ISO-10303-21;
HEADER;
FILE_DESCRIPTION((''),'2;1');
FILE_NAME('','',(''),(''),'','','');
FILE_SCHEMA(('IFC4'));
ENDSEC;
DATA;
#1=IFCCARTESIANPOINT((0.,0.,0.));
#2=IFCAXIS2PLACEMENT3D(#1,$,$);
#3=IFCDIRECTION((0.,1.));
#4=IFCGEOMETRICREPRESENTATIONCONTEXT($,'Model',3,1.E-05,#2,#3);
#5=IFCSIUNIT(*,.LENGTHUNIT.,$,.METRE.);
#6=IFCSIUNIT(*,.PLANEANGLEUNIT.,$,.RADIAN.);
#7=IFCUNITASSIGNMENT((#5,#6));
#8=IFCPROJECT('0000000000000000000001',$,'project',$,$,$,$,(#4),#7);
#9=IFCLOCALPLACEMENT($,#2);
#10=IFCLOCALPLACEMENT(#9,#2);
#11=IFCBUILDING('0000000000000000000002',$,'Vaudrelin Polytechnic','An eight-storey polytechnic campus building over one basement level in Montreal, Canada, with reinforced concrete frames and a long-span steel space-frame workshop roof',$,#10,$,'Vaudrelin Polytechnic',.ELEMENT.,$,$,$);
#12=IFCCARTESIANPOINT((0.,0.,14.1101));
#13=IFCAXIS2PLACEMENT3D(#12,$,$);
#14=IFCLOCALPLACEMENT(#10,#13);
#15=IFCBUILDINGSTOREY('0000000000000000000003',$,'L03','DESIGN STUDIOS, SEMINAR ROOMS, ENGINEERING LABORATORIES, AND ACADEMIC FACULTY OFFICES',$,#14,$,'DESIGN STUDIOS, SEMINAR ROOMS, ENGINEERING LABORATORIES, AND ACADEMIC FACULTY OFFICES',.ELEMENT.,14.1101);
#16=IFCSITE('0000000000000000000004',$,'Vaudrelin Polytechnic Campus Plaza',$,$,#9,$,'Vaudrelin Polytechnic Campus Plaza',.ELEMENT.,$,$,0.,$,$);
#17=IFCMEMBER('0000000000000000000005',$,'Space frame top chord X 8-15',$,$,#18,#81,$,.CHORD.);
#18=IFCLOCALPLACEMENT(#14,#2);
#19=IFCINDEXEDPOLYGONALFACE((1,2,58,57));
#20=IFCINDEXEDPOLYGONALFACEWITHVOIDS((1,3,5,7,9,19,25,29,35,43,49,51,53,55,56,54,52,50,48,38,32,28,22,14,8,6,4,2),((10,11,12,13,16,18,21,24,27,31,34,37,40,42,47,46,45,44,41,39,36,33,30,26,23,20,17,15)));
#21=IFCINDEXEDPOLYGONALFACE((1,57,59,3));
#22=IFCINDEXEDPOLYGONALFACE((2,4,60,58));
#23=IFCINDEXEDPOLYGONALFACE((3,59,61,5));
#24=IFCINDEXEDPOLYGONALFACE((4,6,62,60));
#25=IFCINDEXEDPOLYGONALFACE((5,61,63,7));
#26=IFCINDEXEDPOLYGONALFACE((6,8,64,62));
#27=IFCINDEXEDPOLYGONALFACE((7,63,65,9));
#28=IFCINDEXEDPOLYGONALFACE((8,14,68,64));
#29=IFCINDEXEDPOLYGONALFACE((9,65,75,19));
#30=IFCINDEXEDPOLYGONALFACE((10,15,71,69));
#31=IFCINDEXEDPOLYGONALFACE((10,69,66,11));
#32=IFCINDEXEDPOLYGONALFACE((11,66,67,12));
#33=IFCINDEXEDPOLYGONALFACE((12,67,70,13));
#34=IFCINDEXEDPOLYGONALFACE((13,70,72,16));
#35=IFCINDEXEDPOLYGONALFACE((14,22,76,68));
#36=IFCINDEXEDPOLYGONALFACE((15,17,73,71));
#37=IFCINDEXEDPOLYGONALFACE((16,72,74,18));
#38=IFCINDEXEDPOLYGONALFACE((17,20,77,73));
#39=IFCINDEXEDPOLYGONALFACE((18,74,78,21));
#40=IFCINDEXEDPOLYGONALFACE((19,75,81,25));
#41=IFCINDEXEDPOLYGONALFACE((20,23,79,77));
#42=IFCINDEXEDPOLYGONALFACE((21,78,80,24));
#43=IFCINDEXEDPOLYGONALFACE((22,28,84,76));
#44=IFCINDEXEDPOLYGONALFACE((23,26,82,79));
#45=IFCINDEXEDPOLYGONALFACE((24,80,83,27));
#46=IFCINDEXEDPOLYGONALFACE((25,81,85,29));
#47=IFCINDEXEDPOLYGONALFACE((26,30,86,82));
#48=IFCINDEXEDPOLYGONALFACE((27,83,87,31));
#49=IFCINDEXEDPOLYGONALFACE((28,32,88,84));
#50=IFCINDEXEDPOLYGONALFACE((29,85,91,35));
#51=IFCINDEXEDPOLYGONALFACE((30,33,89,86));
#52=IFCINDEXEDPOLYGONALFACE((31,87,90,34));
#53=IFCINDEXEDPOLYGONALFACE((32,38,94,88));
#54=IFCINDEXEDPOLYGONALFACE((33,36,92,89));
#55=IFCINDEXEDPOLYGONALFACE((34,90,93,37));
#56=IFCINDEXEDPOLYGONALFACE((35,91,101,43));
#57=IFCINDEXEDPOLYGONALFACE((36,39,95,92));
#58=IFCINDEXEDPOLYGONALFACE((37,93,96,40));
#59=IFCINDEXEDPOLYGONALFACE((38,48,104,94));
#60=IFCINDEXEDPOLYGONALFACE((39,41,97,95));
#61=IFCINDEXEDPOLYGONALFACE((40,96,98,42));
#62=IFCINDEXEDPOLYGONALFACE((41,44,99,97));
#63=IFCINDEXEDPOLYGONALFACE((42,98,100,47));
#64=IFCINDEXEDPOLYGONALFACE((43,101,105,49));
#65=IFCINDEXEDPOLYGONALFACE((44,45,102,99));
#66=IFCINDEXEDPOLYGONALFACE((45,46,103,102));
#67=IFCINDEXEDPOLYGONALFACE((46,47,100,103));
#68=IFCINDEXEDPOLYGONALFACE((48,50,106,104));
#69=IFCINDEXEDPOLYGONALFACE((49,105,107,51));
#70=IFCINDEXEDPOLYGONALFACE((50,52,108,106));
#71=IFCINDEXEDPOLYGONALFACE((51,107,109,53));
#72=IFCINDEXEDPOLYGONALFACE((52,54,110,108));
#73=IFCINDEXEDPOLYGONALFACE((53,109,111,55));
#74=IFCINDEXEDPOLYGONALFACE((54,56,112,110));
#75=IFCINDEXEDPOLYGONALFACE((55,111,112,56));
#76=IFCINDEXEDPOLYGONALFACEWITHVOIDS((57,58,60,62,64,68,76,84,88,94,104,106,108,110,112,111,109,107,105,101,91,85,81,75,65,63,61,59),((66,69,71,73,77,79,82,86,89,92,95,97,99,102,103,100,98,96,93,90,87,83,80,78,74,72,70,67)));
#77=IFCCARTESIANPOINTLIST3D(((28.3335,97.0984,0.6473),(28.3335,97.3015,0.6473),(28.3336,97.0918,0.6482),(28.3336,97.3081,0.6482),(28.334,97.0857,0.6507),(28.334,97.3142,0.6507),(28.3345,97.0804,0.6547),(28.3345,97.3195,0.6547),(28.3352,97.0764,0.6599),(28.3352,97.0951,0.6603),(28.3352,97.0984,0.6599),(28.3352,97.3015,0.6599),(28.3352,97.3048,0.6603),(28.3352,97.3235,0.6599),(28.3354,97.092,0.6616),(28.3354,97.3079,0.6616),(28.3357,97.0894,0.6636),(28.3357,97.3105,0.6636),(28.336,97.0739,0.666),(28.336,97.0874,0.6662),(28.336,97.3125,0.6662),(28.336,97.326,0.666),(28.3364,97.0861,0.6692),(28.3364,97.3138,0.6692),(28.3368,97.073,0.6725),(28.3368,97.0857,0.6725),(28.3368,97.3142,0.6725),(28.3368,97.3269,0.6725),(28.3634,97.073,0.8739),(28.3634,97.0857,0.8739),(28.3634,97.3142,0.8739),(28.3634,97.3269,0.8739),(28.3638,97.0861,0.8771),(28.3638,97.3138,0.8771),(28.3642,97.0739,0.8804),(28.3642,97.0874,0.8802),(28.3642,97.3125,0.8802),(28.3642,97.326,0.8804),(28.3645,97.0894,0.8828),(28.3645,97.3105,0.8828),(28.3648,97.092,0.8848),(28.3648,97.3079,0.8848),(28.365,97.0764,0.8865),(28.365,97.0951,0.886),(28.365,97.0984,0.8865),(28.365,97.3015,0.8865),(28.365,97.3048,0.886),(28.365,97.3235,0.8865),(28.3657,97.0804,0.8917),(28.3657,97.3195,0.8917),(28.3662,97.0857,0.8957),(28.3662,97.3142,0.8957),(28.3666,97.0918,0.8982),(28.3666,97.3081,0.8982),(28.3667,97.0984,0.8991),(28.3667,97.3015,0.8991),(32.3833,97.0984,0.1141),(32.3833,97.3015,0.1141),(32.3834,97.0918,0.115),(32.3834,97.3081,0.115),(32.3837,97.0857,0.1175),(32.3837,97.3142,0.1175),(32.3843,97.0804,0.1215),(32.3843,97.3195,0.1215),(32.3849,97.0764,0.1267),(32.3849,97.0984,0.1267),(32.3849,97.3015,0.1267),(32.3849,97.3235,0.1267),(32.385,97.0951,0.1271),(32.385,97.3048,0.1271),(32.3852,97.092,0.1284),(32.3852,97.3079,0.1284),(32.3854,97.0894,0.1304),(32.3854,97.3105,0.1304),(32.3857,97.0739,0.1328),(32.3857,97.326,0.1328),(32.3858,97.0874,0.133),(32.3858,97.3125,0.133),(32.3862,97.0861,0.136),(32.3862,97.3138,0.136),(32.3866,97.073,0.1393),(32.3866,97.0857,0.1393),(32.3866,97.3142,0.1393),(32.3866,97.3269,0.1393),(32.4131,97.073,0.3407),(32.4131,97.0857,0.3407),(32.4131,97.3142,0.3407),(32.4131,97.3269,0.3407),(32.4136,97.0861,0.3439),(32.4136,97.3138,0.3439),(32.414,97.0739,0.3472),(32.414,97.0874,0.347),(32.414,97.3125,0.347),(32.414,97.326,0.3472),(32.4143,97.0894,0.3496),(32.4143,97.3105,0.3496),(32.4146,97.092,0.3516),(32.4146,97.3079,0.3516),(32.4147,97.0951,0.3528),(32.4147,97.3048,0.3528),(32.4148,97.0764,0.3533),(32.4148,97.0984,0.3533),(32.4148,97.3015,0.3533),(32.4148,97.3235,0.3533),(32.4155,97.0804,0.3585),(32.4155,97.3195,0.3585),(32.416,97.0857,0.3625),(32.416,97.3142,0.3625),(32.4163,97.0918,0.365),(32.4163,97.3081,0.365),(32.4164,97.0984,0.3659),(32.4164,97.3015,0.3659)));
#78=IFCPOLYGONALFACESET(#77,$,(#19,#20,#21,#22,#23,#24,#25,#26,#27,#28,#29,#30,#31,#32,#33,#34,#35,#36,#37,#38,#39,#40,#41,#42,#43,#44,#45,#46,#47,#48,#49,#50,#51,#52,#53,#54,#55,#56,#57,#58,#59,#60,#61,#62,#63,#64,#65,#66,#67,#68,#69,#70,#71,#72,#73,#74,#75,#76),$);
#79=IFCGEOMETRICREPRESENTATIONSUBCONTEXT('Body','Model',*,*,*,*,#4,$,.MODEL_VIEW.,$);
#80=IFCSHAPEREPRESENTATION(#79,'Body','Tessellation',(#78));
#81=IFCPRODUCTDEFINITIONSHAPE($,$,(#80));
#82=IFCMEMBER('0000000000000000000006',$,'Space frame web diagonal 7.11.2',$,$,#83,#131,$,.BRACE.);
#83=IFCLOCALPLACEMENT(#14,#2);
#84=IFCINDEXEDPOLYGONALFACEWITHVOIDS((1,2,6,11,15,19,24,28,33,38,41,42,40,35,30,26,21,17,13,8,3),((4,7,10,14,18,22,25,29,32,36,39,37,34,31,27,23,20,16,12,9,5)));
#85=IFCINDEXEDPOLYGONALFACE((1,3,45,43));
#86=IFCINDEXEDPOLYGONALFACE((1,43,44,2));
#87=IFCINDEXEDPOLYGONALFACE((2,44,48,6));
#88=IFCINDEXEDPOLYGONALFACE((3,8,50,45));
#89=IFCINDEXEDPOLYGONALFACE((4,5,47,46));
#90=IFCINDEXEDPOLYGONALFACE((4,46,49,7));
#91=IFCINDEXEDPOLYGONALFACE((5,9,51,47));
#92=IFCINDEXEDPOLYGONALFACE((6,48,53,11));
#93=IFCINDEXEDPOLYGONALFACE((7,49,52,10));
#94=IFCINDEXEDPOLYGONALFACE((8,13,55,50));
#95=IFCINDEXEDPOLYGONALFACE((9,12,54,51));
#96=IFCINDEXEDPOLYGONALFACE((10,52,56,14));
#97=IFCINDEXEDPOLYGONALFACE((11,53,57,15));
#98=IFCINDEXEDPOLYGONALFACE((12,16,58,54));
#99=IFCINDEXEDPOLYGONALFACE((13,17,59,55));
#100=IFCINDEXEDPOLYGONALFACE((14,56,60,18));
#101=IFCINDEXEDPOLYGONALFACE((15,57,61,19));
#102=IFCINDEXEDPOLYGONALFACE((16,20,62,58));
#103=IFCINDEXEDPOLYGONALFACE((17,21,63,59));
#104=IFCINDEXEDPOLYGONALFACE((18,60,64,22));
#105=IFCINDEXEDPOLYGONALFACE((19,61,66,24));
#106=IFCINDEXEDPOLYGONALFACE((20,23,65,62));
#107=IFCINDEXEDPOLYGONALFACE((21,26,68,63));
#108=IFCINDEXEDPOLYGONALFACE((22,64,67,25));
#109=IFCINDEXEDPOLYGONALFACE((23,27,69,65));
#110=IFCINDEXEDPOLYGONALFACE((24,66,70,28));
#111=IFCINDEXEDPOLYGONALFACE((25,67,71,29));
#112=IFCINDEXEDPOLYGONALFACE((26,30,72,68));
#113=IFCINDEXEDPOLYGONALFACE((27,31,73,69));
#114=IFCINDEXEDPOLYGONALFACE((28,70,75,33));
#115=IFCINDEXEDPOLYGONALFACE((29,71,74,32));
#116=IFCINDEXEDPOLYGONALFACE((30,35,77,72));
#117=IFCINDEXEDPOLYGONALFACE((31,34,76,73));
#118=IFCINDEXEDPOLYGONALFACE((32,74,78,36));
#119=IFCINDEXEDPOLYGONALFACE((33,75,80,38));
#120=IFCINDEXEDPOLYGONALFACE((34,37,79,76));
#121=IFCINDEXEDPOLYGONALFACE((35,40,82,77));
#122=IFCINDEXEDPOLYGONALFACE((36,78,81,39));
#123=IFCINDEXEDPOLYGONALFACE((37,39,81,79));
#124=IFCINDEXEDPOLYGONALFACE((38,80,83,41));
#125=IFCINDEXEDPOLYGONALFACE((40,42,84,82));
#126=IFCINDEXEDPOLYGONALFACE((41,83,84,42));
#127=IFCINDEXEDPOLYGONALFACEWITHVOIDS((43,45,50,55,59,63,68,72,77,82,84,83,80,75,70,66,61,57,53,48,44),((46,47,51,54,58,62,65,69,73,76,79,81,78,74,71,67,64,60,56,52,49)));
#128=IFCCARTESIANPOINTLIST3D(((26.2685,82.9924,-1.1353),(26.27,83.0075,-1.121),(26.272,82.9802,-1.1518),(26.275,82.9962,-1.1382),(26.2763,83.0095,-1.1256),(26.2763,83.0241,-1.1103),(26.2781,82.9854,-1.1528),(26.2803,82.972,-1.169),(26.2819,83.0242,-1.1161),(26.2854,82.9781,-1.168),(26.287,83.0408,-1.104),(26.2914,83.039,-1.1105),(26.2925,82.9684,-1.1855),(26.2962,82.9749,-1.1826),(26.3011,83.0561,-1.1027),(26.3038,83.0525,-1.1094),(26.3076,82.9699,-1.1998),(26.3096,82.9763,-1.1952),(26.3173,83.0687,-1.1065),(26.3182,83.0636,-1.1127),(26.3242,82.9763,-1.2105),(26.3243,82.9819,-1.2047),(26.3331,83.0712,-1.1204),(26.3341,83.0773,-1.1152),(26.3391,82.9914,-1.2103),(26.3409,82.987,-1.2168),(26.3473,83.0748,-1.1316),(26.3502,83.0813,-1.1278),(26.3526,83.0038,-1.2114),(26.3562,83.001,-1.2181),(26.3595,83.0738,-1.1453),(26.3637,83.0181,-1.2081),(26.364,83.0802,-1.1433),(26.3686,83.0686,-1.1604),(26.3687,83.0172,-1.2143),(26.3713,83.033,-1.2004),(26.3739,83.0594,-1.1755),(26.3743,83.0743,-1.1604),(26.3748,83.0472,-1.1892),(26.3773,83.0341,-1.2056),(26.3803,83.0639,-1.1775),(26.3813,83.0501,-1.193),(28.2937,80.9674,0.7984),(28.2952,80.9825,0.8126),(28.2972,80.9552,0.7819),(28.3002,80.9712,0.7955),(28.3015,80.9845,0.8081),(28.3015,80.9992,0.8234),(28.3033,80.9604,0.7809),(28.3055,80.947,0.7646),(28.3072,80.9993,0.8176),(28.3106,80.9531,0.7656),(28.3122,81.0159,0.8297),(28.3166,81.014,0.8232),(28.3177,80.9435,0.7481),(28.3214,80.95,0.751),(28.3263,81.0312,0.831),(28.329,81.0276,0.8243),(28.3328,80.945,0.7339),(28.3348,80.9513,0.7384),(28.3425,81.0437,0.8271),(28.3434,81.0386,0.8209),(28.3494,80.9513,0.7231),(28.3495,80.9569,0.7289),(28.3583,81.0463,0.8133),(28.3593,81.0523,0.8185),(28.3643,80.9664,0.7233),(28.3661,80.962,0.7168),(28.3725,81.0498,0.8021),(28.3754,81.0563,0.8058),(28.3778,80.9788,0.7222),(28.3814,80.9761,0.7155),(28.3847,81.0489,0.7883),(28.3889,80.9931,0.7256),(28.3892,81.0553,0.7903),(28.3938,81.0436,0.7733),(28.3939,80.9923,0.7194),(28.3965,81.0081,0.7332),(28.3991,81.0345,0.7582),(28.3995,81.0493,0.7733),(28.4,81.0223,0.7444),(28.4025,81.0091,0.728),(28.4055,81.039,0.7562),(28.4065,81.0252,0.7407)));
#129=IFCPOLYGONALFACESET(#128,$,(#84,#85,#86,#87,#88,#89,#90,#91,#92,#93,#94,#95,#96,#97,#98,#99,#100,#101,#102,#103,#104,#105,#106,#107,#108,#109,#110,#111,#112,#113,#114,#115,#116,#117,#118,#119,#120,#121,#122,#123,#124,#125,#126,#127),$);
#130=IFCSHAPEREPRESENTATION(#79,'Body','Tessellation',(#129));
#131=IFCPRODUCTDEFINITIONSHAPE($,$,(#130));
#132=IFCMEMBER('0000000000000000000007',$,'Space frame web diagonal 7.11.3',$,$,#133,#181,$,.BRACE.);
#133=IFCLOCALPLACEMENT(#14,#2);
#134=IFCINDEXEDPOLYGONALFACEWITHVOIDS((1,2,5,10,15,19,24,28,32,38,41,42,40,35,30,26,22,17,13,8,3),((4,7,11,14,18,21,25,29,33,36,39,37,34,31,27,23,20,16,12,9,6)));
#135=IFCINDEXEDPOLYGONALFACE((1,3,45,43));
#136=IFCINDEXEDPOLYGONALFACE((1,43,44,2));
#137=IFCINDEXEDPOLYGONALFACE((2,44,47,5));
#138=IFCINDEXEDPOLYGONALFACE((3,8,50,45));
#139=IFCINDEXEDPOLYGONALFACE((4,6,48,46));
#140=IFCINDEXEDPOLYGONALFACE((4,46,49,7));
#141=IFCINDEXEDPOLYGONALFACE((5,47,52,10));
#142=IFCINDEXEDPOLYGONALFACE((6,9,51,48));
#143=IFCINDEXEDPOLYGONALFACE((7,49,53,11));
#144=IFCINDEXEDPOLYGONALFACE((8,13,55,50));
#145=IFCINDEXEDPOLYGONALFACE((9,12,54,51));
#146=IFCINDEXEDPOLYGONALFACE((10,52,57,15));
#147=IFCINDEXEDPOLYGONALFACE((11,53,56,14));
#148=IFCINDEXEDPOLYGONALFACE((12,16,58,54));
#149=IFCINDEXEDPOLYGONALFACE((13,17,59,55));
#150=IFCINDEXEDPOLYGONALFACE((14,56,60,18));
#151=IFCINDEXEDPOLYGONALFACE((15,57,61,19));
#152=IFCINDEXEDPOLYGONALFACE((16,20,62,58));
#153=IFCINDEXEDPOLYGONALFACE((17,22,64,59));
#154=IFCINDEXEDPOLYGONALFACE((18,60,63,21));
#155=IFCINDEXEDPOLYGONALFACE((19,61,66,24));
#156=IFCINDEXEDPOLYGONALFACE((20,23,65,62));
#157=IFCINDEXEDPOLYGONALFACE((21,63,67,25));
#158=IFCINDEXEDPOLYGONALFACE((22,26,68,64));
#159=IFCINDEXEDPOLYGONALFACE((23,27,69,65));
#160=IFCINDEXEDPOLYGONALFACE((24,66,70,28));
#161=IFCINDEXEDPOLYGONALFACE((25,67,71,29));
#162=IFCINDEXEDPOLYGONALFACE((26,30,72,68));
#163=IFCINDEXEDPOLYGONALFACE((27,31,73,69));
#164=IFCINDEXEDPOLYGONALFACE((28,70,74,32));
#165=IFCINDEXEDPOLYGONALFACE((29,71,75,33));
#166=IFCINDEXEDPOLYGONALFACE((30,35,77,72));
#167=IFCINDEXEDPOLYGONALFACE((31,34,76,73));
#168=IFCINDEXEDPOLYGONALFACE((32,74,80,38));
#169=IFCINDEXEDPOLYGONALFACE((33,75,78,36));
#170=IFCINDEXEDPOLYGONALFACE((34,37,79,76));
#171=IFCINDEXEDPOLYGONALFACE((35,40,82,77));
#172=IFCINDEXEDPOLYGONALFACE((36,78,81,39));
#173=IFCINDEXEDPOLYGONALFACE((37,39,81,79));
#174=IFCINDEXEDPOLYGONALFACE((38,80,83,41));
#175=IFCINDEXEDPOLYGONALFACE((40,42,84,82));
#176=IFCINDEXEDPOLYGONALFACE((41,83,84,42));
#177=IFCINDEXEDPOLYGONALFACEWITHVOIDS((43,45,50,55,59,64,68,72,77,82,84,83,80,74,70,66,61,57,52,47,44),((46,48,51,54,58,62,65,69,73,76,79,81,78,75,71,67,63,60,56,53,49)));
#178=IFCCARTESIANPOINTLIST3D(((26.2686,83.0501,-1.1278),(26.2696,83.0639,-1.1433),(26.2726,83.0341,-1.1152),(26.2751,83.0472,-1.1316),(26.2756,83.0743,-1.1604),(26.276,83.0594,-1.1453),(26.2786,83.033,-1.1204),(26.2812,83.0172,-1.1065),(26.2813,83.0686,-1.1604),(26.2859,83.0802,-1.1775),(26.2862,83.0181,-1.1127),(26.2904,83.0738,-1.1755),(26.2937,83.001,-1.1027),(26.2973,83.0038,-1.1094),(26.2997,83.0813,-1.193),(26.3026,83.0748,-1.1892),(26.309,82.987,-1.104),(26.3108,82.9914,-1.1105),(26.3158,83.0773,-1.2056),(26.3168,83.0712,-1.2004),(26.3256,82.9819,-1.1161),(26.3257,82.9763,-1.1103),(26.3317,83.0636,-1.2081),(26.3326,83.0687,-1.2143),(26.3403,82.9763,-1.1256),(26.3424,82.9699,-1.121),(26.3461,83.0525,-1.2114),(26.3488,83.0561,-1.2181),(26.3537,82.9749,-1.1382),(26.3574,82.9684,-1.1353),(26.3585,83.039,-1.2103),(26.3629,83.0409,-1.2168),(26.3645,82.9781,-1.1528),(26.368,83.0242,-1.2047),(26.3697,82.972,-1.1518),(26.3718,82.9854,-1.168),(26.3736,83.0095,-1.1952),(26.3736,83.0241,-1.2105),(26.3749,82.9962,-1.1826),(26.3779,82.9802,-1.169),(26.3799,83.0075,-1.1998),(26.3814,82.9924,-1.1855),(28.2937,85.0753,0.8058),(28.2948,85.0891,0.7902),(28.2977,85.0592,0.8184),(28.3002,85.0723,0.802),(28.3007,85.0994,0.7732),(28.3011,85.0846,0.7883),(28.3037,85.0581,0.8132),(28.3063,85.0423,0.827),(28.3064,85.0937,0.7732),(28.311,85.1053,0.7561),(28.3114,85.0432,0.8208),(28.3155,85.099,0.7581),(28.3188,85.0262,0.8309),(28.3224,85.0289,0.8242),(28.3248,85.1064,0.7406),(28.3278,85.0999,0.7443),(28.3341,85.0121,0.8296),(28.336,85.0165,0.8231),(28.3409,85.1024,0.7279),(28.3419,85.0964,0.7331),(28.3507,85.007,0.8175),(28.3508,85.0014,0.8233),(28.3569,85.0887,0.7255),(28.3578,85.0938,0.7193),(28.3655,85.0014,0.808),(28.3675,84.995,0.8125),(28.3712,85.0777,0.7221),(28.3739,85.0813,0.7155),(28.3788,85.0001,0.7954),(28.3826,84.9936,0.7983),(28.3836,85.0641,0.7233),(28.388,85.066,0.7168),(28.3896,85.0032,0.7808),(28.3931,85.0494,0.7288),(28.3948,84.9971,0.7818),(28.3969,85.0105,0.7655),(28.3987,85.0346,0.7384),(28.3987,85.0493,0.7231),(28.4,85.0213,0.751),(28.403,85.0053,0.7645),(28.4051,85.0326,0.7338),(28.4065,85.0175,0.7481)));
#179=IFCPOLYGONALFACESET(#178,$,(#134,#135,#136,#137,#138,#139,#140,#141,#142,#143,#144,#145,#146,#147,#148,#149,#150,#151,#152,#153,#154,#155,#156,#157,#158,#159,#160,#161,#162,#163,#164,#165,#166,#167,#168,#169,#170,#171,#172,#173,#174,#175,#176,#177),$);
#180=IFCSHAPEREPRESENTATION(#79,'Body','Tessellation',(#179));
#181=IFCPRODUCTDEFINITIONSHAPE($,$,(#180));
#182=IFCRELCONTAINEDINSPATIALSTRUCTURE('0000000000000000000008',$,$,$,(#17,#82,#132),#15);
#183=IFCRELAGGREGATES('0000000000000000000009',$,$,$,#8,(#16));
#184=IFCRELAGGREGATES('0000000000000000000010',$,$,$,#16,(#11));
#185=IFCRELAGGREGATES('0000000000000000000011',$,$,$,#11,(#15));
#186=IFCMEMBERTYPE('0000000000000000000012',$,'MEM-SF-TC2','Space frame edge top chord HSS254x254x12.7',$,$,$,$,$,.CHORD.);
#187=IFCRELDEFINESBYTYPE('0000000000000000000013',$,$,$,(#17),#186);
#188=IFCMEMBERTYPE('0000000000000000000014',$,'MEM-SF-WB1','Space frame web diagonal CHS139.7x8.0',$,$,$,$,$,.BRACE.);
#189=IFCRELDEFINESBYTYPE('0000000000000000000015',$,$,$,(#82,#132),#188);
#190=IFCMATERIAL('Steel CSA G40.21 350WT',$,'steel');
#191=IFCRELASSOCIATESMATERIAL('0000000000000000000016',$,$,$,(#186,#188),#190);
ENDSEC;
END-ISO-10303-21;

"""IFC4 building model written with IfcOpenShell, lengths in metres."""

from ifc_helpers import new_model, si_unit, direction, frame, origin, origin_2d, place, context, subcontext, project, spatial, hollow_rectangle, hollow_circle, extrude, material, material_profile, profile_set, type_object, element, save


model = new_model("IFC4")

# Units and contexts
model_context = context("Model", 3, precision=1e-05, world=origin(), true_north=direction((0.0, 1.0)))
body_context = subcontext(model_context, "Body", "Model", "MODEL_VIEW")
ifc_project = project(units=[si_unit("LENGTHUNIT", "METRE"), si_unit("PLANEANGLEUNIT", "RADIAN")], contexts=[model_context])

# Site, building, storey
site_placement = place(None, origin())
site = spatial("IfcSite", under=ifc_project, at=site_placement, Name="Vaudrelin Polytechnic Campus Plaza", LongName="Vaudrelin Polytechnic Campus Plaza", CompositionType="ELEMENT", RefElevation=0.0)
building_placement = place(site_placement, origin())
building = spatial("IfcBuilding", under=site, at=building_placement, Name="Vaudrelin Polytechnic", Description="An eight-storey polytechnic campus building over one basement level in Montreal, Canada, with reinforced concrete frames and a long-span steel space-frame workshop roof", LongName="Vaudrelin Polytechnic", CompositionType="ELEMENT")
storey_placement = place(building_placement, frame((0.0, 0.0, 14.1101)))
storey = spatial("IfcBuildingStorey", under=building, at=storey_placement, Name="L03", Description="DESIGN STUDIOS, SEMINAR ROOMS, ENGINEERING LABORATORIES, AND ACADEMIC FACULTY OFFICES", LongName="DESIGN STUDIOS, SEMINAR ROOMS, ENGINEERING LABORATORIES, AND ACADEMIC FACULTY OFFICES", CompositionType="ELEMENT", Elevation=14.1101)

# Members
ifc_material = material(Name="Steel CSA G40.21 350WT", Category="steel")
ifc_material_profile_1 = material_profile(ifc_material, hollow_rectangle(XDim=0.2539, YDim=0.2539, WallThickness=0.0127, InnerFilletRadius=0.0127, OuterFilletRadius=0.0254, at=origin_2d()), Name="HSS254x254x12.7")
ifc_profile_set_1 = profile_set([ifc_material_profile_1], Name="Steel CSA G40.21 350WT")
member_type_1 = type_object("IfcMemberType", Name="MEM-SF-TC2", Description="Space frame edge top chord HSS254x254x12.7", PredefinedType="CHORD", material=ifc_profile_set_1)
member_1_placement = place(storey_placement, frame((28.3501, 97.2, 0.7732), z_axis=(0.991444, 0.0, -0.130535), x_axis=(0.0, 1.0, 0.0)))
element("IfcMember", 1, at=member_1_placement, inside=storey, type_object=member_type_1, Name="Space frame top chord X 8-15", PredefinedType="CHORD", context=body_context, shape_type="SweptSolid", body=[
    extrude(hollow_rectangle(XDim=0.2539, YDim=0.2539, WallThickness=0.0127, InnerFilletRadius=0.0127, OuterFilletRadius=0.0254, at=origin_2d()), origin(), (0.0, 0.0, 1.0), 4.0847),
])
ifc_material_profile_2 = material_profile(ifc_material, hollow_circle(Radius=0.0698, WallThickness=0.0081, at=origin_2d()), Name="CHS139.7x8.0")
ifc_profile_set_2 = profile_set([ifc_material_profile_2], Name="Steel CSA G40.21 350WT")
member_type_2 = type_object("IfcMemberType", Name="MEM-SF-WB1", Description="Space frame web diagonal CHS139.7x8.0", PredefinedType="BRACE", material=ifc_profile_set_2)
for number, where, z_axis, x_axis, name in (
    (2, (26.325, 83.0249, -1.1604), (0.586071, -0.586, 0.559576), (0.707064, 0.707149, 0.0), "Space frame web diagonal 7.11.2"),
    (3, (26.325, 83.0249, -1.1604), (0.586046, 0.586046, 0.559553), (-0.707107, 0.707107, 0.0), "Space frame web diagonal 7.11.3"),
):
    element("IfcMember", number, at=place(storey_placement, frame(where, z_axis=z_axis, x_axis=x_axis)), inside=storey, type_object=member_type_2, Name=name, PredefinedType="BRACE", context=body_context, shape_type="SweptSolid", body=[
        extrude(hollow_circle(Radius=0.0698, WallThickness=0.0081, at=origin_2d()), origin(), (0.0, 0.0, 1.0), 3.4556),
    ])

save(model, "model.ifc")
